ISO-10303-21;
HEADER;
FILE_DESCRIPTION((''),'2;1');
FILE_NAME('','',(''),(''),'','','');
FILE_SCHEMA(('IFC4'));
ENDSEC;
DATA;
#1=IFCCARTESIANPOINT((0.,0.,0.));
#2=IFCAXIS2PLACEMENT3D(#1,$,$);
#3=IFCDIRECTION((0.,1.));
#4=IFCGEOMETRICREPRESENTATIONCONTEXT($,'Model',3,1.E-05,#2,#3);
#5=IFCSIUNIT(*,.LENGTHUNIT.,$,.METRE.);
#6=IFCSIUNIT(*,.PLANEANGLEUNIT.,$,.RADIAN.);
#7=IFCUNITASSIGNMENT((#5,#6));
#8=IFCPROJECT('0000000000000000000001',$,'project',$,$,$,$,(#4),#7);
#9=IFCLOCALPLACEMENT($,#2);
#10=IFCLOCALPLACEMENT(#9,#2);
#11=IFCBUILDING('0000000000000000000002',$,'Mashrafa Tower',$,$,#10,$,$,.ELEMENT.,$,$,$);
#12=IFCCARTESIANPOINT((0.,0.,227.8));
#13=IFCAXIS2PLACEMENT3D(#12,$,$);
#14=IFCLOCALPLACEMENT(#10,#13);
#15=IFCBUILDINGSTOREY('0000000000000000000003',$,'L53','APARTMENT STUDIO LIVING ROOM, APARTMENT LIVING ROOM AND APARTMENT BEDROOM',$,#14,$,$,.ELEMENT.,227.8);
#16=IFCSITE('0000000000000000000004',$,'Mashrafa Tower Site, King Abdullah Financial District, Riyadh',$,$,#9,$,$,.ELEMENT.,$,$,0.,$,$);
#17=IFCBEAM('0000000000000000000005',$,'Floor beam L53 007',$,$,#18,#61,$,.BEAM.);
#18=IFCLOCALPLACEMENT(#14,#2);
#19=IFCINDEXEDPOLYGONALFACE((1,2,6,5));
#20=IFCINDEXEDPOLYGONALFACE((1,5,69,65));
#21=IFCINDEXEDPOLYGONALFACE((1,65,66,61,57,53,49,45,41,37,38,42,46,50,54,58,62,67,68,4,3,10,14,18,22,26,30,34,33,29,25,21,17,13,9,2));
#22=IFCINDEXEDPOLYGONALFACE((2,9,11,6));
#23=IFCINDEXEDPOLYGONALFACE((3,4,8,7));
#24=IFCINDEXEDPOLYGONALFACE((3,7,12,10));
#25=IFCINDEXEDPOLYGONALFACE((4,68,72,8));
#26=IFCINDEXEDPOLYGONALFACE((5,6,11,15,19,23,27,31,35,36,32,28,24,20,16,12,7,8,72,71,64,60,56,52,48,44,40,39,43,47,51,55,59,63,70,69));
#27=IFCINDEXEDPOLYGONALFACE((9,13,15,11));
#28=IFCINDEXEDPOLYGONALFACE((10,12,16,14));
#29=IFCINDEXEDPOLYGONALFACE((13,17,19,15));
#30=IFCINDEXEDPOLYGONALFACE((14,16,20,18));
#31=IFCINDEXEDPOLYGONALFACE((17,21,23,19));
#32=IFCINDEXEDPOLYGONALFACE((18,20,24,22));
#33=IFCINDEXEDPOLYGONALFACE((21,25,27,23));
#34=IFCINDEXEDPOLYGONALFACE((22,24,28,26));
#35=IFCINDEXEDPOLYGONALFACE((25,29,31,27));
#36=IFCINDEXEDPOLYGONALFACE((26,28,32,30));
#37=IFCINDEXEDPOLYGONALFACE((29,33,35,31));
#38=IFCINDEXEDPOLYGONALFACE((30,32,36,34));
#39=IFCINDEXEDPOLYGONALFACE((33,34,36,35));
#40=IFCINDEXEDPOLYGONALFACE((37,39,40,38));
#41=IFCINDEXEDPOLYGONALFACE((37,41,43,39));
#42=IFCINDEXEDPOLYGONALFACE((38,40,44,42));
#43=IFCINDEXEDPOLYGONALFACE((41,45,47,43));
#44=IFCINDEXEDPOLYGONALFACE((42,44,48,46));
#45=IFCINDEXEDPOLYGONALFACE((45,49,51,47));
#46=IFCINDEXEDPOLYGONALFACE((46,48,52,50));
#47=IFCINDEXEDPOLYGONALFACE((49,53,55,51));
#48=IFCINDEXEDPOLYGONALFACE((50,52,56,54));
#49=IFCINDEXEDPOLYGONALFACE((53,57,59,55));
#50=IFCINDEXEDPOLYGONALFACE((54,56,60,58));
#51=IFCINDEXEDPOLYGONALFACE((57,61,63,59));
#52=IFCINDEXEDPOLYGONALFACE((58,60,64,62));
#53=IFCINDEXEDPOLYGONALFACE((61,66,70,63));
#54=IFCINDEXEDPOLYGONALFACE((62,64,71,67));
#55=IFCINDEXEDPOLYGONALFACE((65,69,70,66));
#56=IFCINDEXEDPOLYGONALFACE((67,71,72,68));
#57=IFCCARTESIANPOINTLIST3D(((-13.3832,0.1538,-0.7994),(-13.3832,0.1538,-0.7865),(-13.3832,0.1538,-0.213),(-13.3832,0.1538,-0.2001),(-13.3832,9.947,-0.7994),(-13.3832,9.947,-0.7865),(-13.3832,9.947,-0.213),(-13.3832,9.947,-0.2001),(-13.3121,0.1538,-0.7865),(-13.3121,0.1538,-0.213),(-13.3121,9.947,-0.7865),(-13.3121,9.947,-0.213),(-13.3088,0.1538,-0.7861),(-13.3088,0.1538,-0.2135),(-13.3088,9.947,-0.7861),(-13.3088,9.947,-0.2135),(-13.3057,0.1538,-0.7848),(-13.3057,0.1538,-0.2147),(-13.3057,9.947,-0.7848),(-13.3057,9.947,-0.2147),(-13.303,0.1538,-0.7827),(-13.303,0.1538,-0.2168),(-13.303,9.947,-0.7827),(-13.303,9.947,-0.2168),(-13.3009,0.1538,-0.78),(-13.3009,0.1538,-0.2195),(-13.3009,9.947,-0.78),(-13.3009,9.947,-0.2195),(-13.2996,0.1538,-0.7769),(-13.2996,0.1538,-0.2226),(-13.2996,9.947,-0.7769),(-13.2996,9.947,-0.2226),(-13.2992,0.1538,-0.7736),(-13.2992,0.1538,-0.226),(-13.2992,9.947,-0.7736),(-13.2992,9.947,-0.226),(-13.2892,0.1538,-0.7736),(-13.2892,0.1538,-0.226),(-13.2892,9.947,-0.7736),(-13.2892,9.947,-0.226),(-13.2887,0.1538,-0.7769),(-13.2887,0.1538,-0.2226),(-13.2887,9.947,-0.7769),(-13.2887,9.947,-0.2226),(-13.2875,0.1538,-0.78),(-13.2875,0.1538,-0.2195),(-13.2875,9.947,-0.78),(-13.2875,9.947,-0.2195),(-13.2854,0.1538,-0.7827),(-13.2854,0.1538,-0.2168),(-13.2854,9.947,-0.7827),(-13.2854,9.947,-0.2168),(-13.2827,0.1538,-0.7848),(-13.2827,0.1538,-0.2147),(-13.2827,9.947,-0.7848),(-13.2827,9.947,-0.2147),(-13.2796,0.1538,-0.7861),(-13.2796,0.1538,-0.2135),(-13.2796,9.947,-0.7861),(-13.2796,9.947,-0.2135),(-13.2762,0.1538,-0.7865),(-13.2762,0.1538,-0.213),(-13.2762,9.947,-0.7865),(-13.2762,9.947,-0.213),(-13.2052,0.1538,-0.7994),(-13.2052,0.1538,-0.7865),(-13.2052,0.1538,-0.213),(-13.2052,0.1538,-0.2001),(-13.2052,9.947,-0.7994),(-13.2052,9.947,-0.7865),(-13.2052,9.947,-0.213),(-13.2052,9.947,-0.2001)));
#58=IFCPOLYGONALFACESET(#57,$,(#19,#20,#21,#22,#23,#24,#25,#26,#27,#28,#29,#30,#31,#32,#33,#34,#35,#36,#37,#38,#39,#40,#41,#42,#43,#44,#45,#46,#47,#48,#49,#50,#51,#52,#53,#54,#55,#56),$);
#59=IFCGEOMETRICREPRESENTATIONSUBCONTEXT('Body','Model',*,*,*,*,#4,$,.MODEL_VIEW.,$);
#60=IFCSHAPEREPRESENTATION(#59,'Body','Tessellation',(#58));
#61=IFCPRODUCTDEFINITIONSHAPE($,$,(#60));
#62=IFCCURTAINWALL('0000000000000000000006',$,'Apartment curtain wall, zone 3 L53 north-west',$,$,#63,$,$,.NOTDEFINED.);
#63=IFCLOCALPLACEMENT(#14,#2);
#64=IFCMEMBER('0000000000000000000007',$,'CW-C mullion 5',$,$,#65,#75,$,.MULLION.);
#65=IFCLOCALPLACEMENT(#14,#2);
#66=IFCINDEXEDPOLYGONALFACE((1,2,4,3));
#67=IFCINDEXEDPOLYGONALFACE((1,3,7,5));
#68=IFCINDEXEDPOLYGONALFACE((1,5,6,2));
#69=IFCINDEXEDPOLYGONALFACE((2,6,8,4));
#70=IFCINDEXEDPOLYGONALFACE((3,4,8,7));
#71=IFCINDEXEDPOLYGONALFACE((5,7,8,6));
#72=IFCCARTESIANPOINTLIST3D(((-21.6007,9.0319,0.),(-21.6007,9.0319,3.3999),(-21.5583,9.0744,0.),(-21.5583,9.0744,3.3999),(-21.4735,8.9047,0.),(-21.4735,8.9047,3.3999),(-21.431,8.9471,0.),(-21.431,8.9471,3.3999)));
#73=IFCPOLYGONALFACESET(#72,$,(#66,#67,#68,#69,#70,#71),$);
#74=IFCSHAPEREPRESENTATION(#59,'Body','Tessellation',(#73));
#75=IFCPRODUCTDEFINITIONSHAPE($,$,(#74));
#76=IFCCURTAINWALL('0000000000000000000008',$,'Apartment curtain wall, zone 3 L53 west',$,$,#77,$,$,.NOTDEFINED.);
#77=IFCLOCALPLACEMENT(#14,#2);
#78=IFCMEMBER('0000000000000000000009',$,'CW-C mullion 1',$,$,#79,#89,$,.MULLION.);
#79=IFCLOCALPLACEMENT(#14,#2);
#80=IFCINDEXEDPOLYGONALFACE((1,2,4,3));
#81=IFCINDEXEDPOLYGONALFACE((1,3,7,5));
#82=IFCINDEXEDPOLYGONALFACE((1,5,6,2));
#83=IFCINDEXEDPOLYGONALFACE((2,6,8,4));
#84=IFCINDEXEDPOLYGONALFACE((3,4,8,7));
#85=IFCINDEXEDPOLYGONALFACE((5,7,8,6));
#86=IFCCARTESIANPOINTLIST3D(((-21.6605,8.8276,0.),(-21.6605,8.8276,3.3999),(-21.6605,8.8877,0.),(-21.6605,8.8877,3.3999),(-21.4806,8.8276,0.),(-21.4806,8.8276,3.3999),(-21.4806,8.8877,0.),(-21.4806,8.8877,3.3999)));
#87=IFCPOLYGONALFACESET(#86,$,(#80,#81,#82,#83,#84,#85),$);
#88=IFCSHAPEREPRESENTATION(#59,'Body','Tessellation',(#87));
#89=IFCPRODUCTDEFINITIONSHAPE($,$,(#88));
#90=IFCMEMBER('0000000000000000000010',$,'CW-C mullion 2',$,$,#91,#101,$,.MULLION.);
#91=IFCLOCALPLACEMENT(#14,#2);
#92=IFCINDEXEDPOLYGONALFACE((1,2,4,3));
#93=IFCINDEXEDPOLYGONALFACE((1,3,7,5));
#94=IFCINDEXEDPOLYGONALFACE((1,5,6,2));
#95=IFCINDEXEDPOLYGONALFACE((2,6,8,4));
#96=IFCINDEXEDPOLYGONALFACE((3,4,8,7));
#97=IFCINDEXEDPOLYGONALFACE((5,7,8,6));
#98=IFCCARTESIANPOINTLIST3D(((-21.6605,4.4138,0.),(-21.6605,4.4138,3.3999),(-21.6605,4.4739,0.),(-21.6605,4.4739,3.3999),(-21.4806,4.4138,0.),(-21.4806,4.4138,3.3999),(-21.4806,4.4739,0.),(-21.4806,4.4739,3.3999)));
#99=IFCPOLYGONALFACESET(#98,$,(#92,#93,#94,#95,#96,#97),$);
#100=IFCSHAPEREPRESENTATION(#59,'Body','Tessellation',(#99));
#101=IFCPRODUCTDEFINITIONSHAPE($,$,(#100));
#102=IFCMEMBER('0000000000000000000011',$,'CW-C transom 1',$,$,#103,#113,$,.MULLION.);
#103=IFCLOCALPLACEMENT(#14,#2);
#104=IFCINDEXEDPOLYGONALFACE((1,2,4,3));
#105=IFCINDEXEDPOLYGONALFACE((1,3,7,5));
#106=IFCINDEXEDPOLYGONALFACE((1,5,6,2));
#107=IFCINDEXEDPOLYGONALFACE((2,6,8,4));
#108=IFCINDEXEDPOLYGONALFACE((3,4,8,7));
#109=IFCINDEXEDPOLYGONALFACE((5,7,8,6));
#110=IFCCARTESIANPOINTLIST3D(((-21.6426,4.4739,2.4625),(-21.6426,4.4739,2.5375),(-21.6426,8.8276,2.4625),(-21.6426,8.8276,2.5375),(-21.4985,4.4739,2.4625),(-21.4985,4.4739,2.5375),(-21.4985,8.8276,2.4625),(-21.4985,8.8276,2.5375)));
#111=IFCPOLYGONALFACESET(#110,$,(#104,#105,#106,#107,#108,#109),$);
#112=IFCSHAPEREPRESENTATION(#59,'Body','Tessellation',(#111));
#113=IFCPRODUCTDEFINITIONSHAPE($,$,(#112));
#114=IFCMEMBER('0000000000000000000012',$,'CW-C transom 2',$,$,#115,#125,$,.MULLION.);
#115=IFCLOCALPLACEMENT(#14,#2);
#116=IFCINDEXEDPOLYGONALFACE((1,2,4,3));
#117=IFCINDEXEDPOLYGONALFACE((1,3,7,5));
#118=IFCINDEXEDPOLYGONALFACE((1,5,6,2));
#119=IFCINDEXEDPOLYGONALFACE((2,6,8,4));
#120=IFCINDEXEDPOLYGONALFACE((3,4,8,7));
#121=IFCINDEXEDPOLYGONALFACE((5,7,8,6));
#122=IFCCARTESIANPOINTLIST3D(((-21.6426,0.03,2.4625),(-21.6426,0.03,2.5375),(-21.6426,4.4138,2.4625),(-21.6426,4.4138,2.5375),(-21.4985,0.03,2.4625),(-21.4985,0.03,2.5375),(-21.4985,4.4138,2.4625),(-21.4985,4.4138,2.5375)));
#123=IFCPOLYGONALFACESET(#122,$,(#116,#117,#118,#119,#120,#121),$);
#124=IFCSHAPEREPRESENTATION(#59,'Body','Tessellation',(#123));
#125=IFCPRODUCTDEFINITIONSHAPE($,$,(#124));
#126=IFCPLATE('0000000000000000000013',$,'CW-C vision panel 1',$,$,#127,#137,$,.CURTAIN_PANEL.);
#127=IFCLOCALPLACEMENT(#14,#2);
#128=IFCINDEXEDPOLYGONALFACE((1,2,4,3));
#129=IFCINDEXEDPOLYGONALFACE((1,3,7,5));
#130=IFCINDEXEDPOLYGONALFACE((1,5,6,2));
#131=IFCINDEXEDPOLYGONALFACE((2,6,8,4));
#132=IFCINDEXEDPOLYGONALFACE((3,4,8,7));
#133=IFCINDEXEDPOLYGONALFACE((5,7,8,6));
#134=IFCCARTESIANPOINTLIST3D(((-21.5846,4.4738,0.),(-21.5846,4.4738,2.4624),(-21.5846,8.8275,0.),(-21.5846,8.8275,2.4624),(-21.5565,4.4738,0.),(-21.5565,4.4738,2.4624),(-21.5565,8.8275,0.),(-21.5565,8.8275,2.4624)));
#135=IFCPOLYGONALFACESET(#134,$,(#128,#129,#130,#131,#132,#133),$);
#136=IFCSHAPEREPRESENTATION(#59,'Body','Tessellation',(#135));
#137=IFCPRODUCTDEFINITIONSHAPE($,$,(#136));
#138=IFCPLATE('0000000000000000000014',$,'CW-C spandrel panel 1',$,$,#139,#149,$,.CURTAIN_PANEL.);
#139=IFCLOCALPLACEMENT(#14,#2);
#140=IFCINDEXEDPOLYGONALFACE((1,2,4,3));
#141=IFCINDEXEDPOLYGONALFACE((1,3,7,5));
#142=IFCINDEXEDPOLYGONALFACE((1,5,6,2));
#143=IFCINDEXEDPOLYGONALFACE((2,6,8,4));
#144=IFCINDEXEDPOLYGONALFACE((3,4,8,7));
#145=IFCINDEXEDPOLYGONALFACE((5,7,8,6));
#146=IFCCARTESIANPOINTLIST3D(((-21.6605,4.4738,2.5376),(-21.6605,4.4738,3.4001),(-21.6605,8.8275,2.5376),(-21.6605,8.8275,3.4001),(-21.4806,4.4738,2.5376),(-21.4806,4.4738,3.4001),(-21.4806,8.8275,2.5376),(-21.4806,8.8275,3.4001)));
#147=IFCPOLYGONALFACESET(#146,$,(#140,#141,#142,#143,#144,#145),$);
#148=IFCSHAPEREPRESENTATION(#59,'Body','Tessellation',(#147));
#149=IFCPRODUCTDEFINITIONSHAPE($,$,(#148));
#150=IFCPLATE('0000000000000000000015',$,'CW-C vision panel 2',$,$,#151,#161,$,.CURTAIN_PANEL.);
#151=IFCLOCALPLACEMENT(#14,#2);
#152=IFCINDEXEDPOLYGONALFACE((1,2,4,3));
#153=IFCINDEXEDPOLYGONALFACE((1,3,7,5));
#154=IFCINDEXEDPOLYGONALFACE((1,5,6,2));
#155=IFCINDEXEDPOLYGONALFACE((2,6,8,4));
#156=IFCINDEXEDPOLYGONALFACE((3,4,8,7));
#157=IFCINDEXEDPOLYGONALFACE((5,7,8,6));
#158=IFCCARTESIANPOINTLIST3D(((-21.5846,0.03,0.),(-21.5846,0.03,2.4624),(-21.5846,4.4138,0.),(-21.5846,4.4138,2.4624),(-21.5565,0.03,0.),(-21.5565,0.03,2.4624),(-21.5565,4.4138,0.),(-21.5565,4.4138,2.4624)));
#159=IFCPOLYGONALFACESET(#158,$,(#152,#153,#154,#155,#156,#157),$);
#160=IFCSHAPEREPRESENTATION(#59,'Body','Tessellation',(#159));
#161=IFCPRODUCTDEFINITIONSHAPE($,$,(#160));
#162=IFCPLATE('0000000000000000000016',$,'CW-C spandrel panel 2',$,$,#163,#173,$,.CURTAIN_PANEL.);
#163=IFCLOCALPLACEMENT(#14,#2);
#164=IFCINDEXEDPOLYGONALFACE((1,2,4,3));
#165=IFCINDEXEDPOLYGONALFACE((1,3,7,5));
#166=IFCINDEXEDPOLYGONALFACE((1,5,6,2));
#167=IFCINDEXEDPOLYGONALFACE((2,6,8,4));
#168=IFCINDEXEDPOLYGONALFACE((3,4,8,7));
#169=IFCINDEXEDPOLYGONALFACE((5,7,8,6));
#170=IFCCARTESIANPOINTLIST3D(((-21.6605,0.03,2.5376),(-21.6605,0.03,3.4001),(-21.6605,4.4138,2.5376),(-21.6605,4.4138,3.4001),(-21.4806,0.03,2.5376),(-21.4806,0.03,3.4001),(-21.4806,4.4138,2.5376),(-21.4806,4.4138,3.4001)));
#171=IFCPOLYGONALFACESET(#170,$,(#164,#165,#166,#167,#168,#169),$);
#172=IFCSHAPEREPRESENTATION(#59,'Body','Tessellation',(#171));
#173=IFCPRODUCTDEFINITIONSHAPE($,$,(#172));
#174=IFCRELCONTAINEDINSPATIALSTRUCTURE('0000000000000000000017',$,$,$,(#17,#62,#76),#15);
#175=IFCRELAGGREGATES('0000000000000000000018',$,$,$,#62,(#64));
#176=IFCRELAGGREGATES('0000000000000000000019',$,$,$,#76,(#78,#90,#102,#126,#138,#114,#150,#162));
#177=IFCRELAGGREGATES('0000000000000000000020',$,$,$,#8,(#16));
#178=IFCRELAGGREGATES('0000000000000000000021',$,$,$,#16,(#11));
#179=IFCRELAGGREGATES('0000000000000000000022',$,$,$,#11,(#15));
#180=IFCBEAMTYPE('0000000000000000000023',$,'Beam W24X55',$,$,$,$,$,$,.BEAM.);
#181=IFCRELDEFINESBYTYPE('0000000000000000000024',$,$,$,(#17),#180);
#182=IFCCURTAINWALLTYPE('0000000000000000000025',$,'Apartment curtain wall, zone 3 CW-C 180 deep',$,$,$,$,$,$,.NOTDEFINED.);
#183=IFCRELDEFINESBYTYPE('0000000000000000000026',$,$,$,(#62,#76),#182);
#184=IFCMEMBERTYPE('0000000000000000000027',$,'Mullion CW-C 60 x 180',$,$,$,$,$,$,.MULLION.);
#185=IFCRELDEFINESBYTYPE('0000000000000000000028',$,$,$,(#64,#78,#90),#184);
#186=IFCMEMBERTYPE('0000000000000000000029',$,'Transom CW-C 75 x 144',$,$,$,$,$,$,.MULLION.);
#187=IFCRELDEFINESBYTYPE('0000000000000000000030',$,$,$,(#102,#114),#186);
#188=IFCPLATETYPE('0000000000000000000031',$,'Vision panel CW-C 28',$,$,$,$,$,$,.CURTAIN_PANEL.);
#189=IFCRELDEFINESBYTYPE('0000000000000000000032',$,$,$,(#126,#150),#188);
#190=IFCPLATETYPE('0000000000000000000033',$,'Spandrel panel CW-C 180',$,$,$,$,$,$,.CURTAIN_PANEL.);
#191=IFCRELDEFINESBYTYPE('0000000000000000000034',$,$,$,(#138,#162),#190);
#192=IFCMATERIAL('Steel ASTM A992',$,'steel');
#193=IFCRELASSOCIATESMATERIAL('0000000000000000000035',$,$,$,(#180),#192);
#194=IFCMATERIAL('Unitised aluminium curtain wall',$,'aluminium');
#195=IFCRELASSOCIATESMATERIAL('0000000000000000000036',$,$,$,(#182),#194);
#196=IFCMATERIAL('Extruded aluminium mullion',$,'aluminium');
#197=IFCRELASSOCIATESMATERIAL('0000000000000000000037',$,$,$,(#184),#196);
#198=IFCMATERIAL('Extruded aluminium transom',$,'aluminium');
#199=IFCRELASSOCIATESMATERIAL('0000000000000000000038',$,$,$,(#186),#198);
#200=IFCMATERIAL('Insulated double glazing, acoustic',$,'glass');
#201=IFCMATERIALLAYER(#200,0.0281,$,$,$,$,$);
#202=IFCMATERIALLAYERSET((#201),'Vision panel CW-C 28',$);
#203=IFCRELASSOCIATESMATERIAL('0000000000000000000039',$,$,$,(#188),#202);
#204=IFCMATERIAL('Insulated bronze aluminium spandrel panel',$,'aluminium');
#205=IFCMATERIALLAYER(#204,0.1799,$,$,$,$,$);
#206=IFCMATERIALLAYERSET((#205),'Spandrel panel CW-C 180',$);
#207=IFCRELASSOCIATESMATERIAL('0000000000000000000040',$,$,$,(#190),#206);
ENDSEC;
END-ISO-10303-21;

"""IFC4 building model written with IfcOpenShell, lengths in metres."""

from ifc_helpers import new_model, si_unit, direction, frame, origin, origin_2d, place, context, subcontext, project, spatial, rectangle, i_section, extrude, source, transform, mapped, material, layer, layer_set, material_profile, profile_set, type_object, type_shapes, element, aggregate, save


model = new_model("IFC4")

# Units and contexts
model_context = context("Model", 3, precision=1e-05, world=origin(), true_north=direction((0.0, 1.0)))
body_context = subcontext(model_context, "Body", "Model", "MODEL_VIEW")
ifc_project = project(units=[si_unit("LENGTHUNIT", "METRE"), si_unit("PLANEANGLEUNIT", "RADIAN")], contexts=[model_context])

# Site, building, storey
site_placement = place(None, origin())
site = spatial("IfcSite", under=ifc_project, at=site_placement, Name="Mashrafa Tower Site, King Abdullah Financial District, Riyadh", CompositionType="ELEMENT", RefElevation=0.0)
building_placement = place(site_placement, origin())
building = spatial("IfcBuilding", under=site, at=building_placement, Name="Mashrafa Tower", CompositionType="ELEMENT")
storey_placement = place(building_placement, frame((0.0, 0.0, 227.8)))
storey = spatial("IfcBuildingStorey", under=building, at=storey_placement, Name="L53", Description="APARTMENT STUDIO LIVING ROOM, APARTMENT LIVING ROOM AND APARTMENT BEDROOM", CompositionType="ELEMENT", Elevation=227.8)

# Beam
ifc_material_1 = material(Name="Steel ASTM A992", Category="steel")
ifc_material_profile_1 = material_profile(ifc_material_1, i_section(OverallWidth=0.178, OverallDepth=0.5994, WebThickness=0.01, FlangeThickness=0.0129, FilletRadius=0.0129, at=origin_2d()), Name="W24X55")
ifc_profile_set_1 = profile_set([ifc_material_profile_1], Name="Steel ASTM A992")
beam_type_1 = type_object("IfcBeamType", Name="Beam W24X55", PredefinedType="BEAM", material=ifc_profile_set_1)
beam_1_placement = place(storey_placement, frame((-13.2942, 0.1538, -0.4998), z_axis=(0.0, 1.0, 0.0), x_axis=(-1.0, 0.0, 0.0)))
element("IfcBeam", 1, at=beam_1_placement, inside=storey, type_object=beam_type_1, Name="Floor beam L53 007", PredefinedType="BEAM", context=body_context, shape_type="SweptSolid", body=[
    extrude(i_section(OverallWidth=0.178, OverallDepth=0.5994, WebThickness=0.01, FlangeThickness=0.0129, FilletRadius=0.0129, at=origin_2d()), origin(), (0.0, 0.0, 1.0), 9.7932),
])

# Curtain wall, member
ifc_material_2 = material(Name="Unitised aluminium curtain wall", Category="aluminium")
curtain_wall_type = type_object("IfcCurtainWallType", Name="Apartment curtain wall, zone 3 CW-C 180 deep", PredefinedType="NOTDEFINED", material=ifc_material_2)
curtain_wall_1_placement = place(storey_placement, origin())
curtain_wall_1 = element("IfcCurtainWall", 2, at=curtain_wall_1_placement, inside=storey, type_object=curtain_wall_type, Name="Apartment curtain wall, zone 3 L53 north-west", PredefinedType="NOTDEFINED")
ifc_material_3 = material(Name="Extruded aluminium mullion", Category="aluminium")
ifc_material_profile_2 = material_profile(ifc_material_3, rectangle(XDim=0.1799, YDim=0.0601, at=origin_2d()), Name="Mullion 60x180")
ifc_profile_set_2 = profile_set([ifc_material_profile_2], Name="Extruded aluminium mullion")
member_type_1 = type_object("IfcMemberType", Name="Mullion CW-C 60 x 180", PredefinedType="MULLION", material=ifc_profile_set_2)
shared_shape_1 = source(origin(), body_context, "Body", "SweptSolid", [
    extrude(rectangle(XDim=0.1799, YDim=0.0601, at=origin_2d()), origin(), (0.0, 0.0, 1.0), 3.3999),
])
type_shapes(member_type_1, [shared_shape_1])
member_1_placement = place(storey_placement, frame((-21.5159, 8.9895, 0.0), z_axis=(0.0, 0.0, 1.0), x_axis=(0.707107, -0.707107, 0.0)))
member_1 = element("IfcMember", 3, at=member_1_placement, type_object=member_type_1, Name="CW-C mullion 5", PredefinedType="MULLION", context=body_context, shape_type="MappedRepresentation", body=[
    mapped(shared_shape_1, transform((0.0, 0.0, 0.0))),
])
aggregate(curtain_wall_1, [member_1])

# Curtain wall, members, plates
curtain_wall_2_placement = place(storey_placement, origin())
curtain_wall_2 = element("IfcCurtainWall", 4, at=curtain_wall_2_placement, inside=storey, type_object=curtain_wall_type, Name="Apartment curtain wall, zone 3 L53 west", PredefinedType="NOTDEFINED")
member_2_placement = place(storey_placement, frame((-21.5706, 8.8577, 0.0), z_axis=(0.0, 0.0, 1.0), x_axis=(1.0, 0.0, 0.0)))
member_2 = element("IfcMember", 5, at=member_2_placement, type_object=member_type_1, Name="CW-C mullion 1", PredefinedType="MULLION", context=body_context, shape_type="MappedRepresentation", body=[
    mapped(shared_shape_1, transform((0.0, 0.0, 0.0))),
])
member_3_placement = place(storey_placement, frame((-21.5706, 4.4438, 0.0), z_axis=(0.0, 0.0, 1.0), x_axis=(1.0, 0.0, 0.0)))
member_3 = element("IfcMember", 6, at=member_3_placement, type_object=member_type_1, Name="CW-C mullion 2", PredefinedType="MULLION", context=body_context, shape_type="MappedRepresentation", body=[
    mapped(shared_shape_1, transform((0.0, 0.0, 0.0))),
])
ifc_material_4 = material(Name="Extruded aluminium transom", Category="aluminium")
ifc_material_profile_3 = material_profile(ifc_material_4, rectangle(XDim=0.144, YDim=0.075, at=origin_2d()), Name="Transom 75x144")
ifc_profile_set_3 = profile_set([ifc_material_profile_3], Name="Extruded aluminium transom")
member_type_2 = type_object("IfcMemberType", Name="Transom CW-C 75 x 144", PredefinedType="MULLION", material=ifc_profile_set_3)
shared_shape_2 = source(origin(), body_context, "Body", "SweptSolid", [
    extrude(rectangle(XDim=0.144, YDim=0.075, at=origin_2d()), origin(), (0.0, 0.0, 1.0), 4.3538),
])
member_4_placement = place(storey_placement, frame((-21.5706, 8.8276, 2.5), z_axis=(0.0, -1.0, 0.0), x_axis=(1.0, 0.0, 0.0)))
member_4 = element("IfcMember", 7, at=member_4_placement, type_object=member_type_2, Name="CW-C transom 1", PredefinedType="MULLION", context=body_context, shape_type="MappedRepresentation", body=[
    mapped(shared_shape_2, transform((0.0, 0.0, 0.0))),
])
shared_shape_3 = source(origin(), body_context, "Body", "SweptSolid", [
    extrude(rectangle(XDim=0.144, YDim=0.075, at=origin_2d()), origin(), (0.0, 0.0, 1.0), 4.3838),
])
type_shapes(member_type_2, [shared_shape_2, shared_shape_3])
member_5_placement = place(storey_placement, frame((-21.5706, 4.4138, 2.5), z_axis=(0.0, -1.0, 0.0), x_axis=(1.0, 0.0, 0.0)))
member_5 = element("IfcMember", 8, at=member_5_placement, type_object=member_type_2, Name="CW-C transom 2", PredefinedType="MULLION", context=body_context, shape_type="MappedRepresentation", body=[
    mapped(shared_shape_3, transform((0.0, 0.0, 0.0))),
])
ifc_material_5 = material(Name="Insulated double glazing, acoustic", Category="glass")
ifc_layer_1 = layer(ifc_material_5, 0.0281)
ifc_layer_set_1 = layer_set([ifc_layer_1], Name="Vision panel CW-C 28")
plate_type_1 = type_object("IfcPlateType", Name="Vision panel CW-C 28", PredefinedType="CURTAIN_PANEL", material=ifc_layer_set_1)
shared_shape_4 = source(origin(), body_context, "Body", "SweptSolid", [
    extrude(rectangle(XDim=4.3538, YDim=0.0281, at=origin_2d()), origin(), (0.0, 0.0, 1.0), 2.4624),
])
plate_1_placement = place(storey_placement, frame((-21.5706, 6.6506, 0.0), z_axis=(0.0, 0.0, 1.0), x_axis=(0.0, -1.0, 0.0)))
plate_1 = element("IfcPlate", 9, at=plate_1_placement, type_object=plate_type_1, Name="CW-C vision panel 1", PredefinedType="CURTAIN_PANEL", context=body_context, shape_type="MappedRepresentation", body=[
    mapped(shared_shape_4, transform((0.0, 0.0, 0.0))),
])
ifc_material_6 = material(Name="Insulated bronze aluminium spandrel panel", Category="aluminium")
ifc_layer_2 = layer(ifc_material_6, 0.1799)
ifc_layer_set_2 = layer_set([ifc_layer_2], Name="Spandrel panel CW-C 180")
plate_type_2 = type_object("IfcPlateType", Name="Spandrel panel CW-C 180", PredefinedType="CURTAIN_PANEL", material=ifc_layer_set_2)
shared_shape_5 = source(origin(), body_context, "Body", "SweptSolid", [
    extrude(rectangle(XDim=4.3538, YDim=0.1799, at=origin_2d()), origin(), (0.0, 0.0, 1.0), 0.8625),
])
plate_2_placement = place(storey_placement, frame((-21.5706, 6.6506, 2.5376), z_axis=(0.0, 0.0, 1.0), x_axis=(0.0, -1.0, 0.0)))
plate_2 = element("IfcPlate", 10, at=plate_2_placement, type_object=plate_type_2, Name="CW-C spandrel panel 1", PredefinedType="CURTAIN_PANEL", context=body_context, shape_type="MappedRepresentation", body=[
    mapped(shared_shape_5, transform((0.0, 0.0, 0.0))),
])
shared_shape_6 = source(origin(), body_context, "Body", "SweptSolid", [
    extrude(rectangle(XDim=4.3838, YDim=0.0281, at=origin_2d()), origin(), (0.0, 0.0, 1.0), 2.4624),
])
type_shapes(plate_type_1, [shared_shape_4, shared_shape_6])
plate_3_placement = place(storey_placement, frame((-21.5706, 2.2219, 0.0), z_axis=(0.0, 0.0, 1.0), x_axis=(0.0, -1.0, 0.0)))
plate_3 = element("IfcPlate", 11, at=plate_3_placement, type_object=plate_type_1, Name="CW-C vision panel 2", PredefinedType="CURTAIN_PANEL", context=body_context, shape_type="MappedRepresentation", body=[
    mapped(shared_shape_6, transform((0.0, 0.0, 0.0))),
])
shared_shape_7 = source(origin(), body_context, "Body", "SweptSolid", [
    extrude(rectangle(XDim=4.3838, YDim=0.1799, at=origin_2d()), origin(), (0.0, 0.0, 1.0), 0.8625),
])
type_shapes(plate_type_2, [shared_shape_5, shared_shape_7])
plate_4_placement = place(storey_placement, frame((-21.5706, 2.2219, 2.5376), z_axis=(0.0, 0.0, 1.0), x_axis=(0.0, -1.0, 0.0)))
plate_4 = element("IfcPlate", 12, at=plate_4_placement, type_object=plate_type_2, Name="CW-C spandrel panel 2", PredefinedType="CURTAIN_PANEL", context=body_context, shape_type="MappedRepresentation", body=[
    mapped(shared_shape_7, transform((0.0, 0.0, 0.0))),
])
aggregate(curtain_wall_2, [member_2, member_3, member_4, plate_1, plate_2, member_5, plate_3, plate_4])

save(model, "model.ifc")
